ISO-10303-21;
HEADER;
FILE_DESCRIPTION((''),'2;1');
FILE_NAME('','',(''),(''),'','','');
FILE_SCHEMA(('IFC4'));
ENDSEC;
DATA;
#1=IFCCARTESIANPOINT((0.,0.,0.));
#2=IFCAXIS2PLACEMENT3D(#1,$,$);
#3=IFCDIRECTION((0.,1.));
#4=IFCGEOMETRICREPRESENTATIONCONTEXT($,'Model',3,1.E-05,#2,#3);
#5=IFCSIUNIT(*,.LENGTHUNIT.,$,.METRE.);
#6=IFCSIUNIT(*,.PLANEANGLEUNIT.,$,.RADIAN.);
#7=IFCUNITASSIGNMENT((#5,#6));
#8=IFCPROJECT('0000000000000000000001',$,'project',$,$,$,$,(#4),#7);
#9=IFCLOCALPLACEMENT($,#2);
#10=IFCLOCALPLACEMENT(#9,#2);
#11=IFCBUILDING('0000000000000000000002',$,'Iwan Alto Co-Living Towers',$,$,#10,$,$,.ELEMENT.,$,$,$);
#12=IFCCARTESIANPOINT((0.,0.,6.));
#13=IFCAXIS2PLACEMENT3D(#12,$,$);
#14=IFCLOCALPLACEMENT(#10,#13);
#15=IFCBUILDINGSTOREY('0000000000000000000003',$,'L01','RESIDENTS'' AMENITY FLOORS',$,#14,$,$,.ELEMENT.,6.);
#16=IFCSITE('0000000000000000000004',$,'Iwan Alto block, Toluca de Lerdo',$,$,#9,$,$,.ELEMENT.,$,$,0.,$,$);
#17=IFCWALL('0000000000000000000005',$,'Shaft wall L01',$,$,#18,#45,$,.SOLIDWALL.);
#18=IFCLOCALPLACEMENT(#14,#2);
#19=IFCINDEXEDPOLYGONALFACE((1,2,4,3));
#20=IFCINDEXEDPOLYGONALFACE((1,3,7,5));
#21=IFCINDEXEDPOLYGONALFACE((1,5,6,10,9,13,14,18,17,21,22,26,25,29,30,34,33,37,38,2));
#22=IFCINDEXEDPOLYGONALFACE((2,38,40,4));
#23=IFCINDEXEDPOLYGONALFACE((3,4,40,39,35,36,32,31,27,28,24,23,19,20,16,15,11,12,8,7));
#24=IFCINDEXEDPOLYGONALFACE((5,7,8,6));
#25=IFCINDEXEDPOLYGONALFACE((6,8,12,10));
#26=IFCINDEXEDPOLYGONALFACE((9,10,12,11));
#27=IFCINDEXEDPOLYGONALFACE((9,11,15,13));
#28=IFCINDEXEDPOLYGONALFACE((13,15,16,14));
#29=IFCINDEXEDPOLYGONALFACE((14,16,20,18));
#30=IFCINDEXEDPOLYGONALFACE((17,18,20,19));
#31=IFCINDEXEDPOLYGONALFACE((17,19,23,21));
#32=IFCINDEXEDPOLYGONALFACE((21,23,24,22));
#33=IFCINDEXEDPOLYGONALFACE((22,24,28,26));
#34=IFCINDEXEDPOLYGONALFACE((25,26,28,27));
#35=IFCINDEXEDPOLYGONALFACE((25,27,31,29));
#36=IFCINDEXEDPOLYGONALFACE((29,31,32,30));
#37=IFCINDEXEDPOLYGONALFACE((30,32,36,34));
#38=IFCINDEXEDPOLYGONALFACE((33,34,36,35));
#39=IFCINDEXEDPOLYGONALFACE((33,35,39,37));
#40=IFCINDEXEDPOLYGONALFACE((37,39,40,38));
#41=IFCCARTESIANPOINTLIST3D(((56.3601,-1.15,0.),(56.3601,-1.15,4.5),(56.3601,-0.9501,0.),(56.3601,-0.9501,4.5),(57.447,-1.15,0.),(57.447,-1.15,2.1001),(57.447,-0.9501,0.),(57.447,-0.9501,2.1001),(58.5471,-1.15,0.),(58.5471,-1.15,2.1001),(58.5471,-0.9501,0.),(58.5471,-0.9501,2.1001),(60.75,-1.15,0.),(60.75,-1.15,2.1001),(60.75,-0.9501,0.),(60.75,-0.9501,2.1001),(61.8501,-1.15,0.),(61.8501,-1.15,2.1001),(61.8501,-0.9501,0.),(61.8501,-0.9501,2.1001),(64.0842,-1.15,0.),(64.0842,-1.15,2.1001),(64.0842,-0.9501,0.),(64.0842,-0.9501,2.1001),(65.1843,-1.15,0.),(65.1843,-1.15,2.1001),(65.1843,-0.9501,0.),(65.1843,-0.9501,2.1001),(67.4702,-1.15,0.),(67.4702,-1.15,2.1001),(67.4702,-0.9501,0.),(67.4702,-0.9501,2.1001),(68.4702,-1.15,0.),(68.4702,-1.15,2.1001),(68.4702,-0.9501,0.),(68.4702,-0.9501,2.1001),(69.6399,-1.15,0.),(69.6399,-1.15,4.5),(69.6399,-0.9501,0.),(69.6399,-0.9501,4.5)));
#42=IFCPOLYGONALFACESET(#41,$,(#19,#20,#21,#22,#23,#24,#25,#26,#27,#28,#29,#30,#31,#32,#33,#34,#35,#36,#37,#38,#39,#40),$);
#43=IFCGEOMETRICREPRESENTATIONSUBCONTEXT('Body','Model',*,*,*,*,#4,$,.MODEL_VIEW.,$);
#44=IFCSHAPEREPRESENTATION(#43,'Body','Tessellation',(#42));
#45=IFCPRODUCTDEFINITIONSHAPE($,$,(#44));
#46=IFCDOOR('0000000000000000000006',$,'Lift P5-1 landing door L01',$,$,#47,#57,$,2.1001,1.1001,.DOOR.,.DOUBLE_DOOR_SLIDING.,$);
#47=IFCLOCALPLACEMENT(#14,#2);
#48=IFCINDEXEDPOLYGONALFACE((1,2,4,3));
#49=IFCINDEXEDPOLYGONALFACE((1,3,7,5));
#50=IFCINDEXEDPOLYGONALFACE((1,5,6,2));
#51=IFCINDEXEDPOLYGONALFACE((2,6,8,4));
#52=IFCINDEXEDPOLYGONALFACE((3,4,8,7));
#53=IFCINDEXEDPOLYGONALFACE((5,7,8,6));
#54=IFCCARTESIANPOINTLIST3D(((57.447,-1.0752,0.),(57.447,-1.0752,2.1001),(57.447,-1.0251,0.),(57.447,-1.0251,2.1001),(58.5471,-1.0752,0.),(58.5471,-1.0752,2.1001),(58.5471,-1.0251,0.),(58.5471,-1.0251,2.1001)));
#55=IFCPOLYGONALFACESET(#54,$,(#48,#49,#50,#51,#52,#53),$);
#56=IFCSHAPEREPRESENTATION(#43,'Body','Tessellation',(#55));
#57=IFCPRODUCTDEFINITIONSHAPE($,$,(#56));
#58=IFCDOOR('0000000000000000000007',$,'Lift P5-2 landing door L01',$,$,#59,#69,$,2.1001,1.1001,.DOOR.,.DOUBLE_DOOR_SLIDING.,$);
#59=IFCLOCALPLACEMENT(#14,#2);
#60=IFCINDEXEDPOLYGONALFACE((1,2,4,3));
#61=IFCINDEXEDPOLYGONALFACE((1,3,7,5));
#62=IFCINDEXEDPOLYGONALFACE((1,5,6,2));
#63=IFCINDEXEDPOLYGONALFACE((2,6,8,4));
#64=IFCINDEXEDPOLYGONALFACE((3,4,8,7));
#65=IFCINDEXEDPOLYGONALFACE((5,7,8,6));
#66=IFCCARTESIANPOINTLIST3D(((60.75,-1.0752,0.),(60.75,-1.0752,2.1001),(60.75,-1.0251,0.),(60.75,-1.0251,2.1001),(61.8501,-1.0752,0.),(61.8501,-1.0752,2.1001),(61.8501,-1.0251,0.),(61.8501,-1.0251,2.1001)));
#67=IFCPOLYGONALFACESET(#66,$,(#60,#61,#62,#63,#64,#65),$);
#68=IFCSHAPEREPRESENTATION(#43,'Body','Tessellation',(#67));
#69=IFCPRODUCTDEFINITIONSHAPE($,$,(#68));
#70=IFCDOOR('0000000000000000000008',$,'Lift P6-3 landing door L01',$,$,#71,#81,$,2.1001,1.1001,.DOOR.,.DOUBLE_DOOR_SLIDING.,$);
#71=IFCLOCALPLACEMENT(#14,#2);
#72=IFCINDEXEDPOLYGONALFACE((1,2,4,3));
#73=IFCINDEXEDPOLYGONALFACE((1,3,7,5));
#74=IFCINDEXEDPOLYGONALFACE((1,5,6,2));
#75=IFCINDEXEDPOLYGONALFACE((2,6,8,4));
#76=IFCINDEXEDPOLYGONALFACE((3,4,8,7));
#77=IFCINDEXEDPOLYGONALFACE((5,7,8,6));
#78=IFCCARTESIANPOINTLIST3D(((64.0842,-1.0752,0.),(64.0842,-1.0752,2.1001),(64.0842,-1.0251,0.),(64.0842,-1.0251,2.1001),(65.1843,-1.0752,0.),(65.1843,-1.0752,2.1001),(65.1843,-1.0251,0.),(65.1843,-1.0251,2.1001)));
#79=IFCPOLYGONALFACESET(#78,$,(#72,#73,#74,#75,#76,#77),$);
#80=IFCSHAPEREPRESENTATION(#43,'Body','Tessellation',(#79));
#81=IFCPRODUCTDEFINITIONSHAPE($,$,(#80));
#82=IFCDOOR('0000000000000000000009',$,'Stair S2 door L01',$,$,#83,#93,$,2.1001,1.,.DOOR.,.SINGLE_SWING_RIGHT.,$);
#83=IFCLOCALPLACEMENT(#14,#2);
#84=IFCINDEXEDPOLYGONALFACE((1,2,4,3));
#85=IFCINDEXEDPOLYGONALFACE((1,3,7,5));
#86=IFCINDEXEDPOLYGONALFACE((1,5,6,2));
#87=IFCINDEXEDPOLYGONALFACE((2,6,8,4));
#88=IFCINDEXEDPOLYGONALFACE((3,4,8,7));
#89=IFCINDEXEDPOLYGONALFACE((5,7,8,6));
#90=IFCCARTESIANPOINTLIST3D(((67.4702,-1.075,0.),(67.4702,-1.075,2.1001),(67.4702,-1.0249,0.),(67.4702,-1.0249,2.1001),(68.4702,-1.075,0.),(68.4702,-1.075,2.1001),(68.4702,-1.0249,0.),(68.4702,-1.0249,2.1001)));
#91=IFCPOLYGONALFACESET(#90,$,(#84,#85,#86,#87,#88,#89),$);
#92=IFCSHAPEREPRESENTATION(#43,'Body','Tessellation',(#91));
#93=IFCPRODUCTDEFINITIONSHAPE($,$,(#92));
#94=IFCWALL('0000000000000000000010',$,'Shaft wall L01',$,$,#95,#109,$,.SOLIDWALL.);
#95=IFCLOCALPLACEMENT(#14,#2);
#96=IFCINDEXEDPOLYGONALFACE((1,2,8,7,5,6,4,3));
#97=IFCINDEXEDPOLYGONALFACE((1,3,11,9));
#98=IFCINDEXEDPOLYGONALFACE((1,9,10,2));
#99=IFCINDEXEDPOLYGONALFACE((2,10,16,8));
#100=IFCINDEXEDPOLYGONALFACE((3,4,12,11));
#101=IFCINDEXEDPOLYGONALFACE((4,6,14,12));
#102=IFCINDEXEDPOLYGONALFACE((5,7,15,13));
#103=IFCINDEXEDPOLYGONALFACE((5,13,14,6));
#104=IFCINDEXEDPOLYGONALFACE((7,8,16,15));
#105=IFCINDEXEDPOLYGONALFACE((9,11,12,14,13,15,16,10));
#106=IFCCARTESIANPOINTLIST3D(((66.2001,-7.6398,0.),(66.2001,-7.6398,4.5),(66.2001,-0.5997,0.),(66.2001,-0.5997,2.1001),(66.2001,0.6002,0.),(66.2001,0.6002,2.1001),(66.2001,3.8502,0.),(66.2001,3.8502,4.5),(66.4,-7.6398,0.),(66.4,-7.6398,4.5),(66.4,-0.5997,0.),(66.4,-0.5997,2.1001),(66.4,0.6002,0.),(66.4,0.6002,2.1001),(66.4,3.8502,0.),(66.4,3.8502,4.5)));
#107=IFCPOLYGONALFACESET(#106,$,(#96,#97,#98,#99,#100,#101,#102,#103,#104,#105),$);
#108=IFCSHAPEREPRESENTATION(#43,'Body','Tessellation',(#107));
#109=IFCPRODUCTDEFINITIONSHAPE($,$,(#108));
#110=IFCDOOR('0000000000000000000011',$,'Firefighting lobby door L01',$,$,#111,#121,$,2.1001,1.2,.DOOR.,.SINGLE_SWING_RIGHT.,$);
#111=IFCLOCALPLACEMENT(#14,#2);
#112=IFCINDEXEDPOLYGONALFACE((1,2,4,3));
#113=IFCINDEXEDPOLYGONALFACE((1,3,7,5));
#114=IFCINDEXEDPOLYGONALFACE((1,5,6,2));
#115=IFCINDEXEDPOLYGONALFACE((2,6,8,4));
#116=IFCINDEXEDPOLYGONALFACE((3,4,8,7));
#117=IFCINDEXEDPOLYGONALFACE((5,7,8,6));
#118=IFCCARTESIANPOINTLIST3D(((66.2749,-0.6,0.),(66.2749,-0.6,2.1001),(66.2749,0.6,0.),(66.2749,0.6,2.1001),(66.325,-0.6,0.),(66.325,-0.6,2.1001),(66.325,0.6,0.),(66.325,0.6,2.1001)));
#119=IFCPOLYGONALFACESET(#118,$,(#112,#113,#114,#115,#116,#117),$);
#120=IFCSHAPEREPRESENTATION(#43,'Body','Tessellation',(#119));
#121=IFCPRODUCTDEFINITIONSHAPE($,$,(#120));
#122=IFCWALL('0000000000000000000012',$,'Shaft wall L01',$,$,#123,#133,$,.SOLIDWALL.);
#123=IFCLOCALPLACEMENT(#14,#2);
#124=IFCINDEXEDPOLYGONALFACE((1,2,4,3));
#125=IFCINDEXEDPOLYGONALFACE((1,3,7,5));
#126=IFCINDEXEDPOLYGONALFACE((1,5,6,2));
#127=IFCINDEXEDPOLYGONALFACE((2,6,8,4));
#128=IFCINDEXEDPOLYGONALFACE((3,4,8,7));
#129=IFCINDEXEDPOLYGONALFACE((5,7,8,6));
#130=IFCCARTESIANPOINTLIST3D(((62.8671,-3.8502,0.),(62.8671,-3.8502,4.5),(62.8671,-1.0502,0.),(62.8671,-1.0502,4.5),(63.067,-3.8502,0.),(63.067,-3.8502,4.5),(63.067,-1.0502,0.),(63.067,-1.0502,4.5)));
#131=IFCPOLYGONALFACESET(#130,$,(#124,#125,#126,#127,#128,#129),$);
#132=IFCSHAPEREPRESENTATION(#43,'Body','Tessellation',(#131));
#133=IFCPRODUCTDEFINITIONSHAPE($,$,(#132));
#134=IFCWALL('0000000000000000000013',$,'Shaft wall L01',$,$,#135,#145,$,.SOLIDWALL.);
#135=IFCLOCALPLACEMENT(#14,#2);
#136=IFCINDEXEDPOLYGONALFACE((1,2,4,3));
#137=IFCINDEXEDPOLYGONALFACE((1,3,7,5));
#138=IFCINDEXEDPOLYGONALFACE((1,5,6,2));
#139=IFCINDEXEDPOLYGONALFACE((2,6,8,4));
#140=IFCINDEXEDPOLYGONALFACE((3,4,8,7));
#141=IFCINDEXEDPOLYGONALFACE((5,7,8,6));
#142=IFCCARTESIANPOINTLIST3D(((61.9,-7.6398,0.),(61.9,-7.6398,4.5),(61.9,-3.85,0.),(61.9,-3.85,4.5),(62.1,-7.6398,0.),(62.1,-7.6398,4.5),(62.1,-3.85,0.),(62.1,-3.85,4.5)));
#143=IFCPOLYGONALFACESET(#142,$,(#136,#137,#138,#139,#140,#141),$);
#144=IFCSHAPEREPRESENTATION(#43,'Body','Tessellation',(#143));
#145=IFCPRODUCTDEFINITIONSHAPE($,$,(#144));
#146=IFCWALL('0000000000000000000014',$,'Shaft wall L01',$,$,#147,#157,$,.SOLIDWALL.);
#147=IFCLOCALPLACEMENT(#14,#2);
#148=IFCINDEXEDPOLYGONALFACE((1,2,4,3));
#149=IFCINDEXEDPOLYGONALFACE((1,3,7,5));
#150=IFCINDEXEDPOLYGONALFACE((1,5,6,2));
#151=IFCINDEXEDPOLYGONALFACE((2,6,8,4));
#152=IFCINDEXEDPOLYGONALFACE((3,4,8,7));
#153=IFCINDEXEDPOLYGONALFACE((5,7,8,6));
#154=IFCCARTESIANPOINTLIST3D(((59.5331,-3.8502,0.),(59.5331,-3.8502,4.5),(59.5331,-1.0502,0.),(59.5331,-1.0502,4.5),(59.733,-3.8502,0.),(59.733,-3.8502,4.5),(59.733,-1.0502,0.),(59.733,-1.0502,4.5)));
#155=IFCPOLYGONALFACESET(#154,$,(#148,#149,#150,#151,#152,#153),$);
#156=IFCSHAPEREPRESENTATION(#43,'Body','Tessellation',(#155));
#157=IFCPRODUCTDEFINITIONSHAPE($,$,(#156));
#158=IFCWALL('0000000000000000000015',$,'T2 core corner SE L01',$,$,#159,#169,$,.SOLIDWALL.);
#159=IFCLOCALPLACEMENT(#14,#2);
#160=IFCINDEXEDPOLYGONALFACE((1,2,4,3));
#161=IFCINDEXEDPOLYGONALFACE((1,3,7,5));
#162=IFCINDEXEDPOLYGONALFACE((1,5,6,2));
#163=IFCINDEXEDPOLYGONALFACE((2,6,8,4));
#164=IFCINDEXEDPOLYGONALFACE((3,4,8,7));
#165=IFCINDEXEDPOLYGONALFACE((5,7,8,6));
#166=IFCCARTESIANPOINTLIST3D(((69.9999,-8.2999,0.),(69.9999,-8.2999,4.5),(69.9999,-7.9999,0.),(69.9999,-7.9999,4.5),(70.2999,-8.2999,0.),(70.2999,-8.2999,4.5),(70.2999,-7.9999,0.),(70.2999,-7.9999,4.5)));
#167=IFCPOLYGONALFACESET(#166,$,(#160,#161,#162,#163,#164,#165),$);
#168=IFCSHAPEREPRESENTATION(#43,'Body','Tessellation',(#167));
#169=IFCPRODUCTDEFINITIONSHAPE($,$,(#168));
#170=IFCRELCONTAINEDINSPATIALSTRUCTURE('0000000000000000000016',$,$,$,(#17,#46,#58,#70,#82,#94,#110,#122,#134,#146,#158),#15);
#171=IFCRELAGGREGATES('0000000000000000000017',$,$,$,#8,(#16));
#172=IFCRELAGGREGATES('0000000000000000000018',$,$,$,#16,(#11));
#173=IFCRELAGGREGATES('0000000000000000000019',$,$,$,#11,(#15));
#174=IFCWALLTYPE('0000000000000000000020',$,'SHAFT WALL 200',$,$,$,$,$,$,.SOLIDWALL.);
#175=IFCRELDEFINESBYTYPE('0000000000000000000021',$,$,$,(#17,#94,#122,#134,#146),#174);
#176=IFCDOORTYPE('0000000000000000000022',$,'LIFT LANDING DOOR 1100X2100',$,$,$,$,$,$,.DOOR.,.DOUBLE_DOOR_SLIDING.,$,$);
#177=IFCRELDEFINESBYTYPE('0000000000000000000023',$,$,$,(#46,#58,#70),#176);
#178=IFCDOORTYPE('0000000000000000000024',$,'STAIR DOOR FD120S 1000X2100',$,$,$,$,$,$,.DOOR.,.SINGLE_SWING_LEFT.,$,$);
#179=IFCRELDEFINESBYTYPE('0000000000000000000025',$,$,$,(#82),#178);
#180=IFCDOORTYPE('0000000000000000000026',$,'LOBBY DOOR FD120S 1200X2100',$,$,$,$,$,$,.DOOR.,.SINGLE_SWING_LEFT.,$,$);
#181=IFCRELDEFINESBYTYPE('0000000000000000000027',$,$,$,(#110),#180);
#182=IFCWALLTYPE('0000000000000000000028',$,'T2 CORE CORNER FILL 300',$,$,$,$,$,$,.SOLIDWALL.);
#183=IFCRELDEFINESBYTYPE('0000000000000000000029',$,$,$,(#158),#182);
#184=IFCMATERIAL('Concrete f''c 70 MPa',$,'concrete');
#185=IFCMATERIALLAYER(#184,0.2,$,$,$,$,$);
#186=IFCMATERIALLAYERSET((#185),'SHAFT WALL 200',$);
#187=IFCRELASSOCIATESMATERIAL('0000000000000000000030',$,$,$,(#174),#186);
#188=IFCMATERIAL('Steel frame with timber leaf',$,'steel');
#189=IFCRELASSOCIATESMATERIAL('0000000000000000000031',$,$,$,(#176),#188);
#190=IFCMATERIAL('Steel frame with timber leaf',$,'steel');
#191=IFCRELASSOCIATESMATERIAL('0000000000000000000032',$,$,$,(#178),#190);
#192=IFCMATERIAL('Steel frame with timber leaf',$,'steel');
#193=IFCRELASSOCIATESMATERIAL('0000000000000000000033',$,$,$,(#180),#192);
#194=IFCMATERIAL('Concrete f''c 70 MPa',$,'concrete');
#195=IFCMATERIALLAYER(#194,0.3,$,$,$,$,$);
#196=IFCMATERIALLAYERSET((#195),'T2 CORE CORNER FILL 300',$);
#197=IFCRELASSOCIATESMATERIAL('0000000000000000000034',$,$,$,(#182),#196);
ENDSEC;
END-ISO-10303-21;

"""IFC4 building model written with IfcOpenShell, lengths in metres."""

from ifc_helpers import new_model, si_unit, direction, frame, frame_2d, origin, place, context, subcontext, project, spatial, rectangle, extrude, material, layer, layer_set, type_object, element, fill, save


model = new_model("IFC4")

# Units and contexts
model_context = context("Model", 3, precision=1e-05, world=origin(), true_north=direction((0.0, 1.0)))
body_context = subcontext(model_context, "Body", "Model", "MODEL_VIEW")
ifc_project = project(units=[si_unit("LENGTHUNIT", "METRE"), si_unit("PLANEANGLEUNIT", "RADIAN")], contexts=[model_context])

# Site, building, storey
site_placement = place(None, origin())
site = spatial("IfcSite", under=ifc_project, at=site_placement, Name="Iwan Alto block, Toluca de Lerdo", CompositionType="ELEMENT", RefElevation=0.0)
building_placement = place(site_placement, origin())
building = spatial("IfcBuilding", under=site, at=building_placement, Name="Iwan Alto Co-Living Towers", CompositionType="ELEMENT")
storey_placement = place(building_placement, frame((0.0, 0.0, 6.0)))
storey = spatial("IfcBuildingStorey", under=building, at=storey_placement, Name="L01", Description="RESIDENTS' AMENITY FLOORS", CompositionType="ELEMENT", Elevation=6.0)

# Shared definitions
ifc_material_1 = material(Name="Concrete f'c 70 MPa", Category="concrete")
ifc_layer_1 = layer(ifc_material_1, 0.2)
ifc_layer_set_1 = layer_set([ifc_layer_1], Name="SHAFT WALL 200")
wall_type_1 = type_object("IfcWallType", Name="SHAFT WALL 200", PredefinedType="SOLIDWALL", material=ifc_layer_set_1)

# Wall, openings, doors
wall_1_placement = place(storey_placement, frame((56.3601, -1.05, 0.0), z_axis=(0.0, 0.0, 1.0), x_axis=(1.0, 0.0, 0.0)))
wall_1 = element("IfcWall", 1, at=wall_1_placement, inside=storey, type_object=wall_type_1, Name="Shaft wall L01", PredefinedType="SOLIDWALL", context=body_context, shape_type="SweptSolid", body=[
    extrude(rectangle(XDim=13.2798, YDim=0.2, at=frame_2d((6.6399, 0.0))), origin(), (0.0, 0.0, 1.0), 4.5),
])
opening_1_placement = place(wall_1_placement, frame((11.1101, 0.0, 0.0)))
opening_1 = element("IfcOpeningElement", 2, at=opening_1_placement, cuts=wall_1, PredefinedType="OPENING", context=body_context, shape_type="SweptSolid", body=[
    extrude(rectangle(XDim=1.0, YDim=2.1001, at=frame_2d((0.5, 1.05))), frame((0.0, 0.1099, 0.0), z_axis=(0.0, -1.0, 0.0), x_axis=(1.0, 0.0, 0.0)), (0.0, 0.0, 1.0), 0.22),
])
opening_2_placement = place(wall_1_placement, frame((1.0869, 0.0, 0.0)))
opening_2 = element("IfcOpeningElement", 3, at=opening_2_placement, cuts=wall_1, PredefinedType="OPENING", context=body_context, shape_type="SweptSolid", body=[
    extrude(rectangle(XDim=1.1001, YDim=2.1001, at=frame_2d((0.55, 1.05))), frame((0.0, 0.1099, 0.0), z_axis=(0.0, -1.0, 0.0), x_axis=(1.0, 0.0, 0.0)), (0.0, 0.0, 1.0), 0.22),
])
opening_3_placement = place(wall_1_placement, frame((4.3899, 0.0, 0.0)))
opening_3 = element("IfcOpeningElement", 4, at=opening_3_placement, cuts=wall_1, PredefinedType="OPENING", context=body_context, shape_type="SweptSolid", body=[
    extrude(rectangle(XDim=1.1001, YDim=2.1001, at=frame_2d((0.55, 1.05))), frame((0.0, 0.1099, 0.0), z_axis=(0.0, -1.0, 0.0), x_axis=(1.0, 0.0, 0.0)), (0.0, 0.0, 1.0), 0.22),
])
opening_4_placement = place(wall_1_placement, frame((7.7241, 0.0, 0.0)))
opening_4 = element("IfcOpeningElement", 5, at=opening_4_placement, cuts=wall_1, PredefinedType="OPENING", context=body_context, shape_type="SweptSolid", body=[
    extrude(rectangle(XDim=1.1001, YDim=2.1001, at=frame_2d((0.55, 1.05))), frame((0.0, 0.1099, 0.0), z_axis=(0.0, -1.0, 0.0), x_axis=(1.0, 0.0, 0.0)), (0.0, 0.0, 1.0), 0.22),
])
ifc_material_2 = material(Name="Steel frame with timber leaf", Category="steel")
door_type_1 = type_object("IfcDoorType", Name="LIFT LANDING DOOR 1100X2100", OperationType="DOUBLE_DOOR_SLIDING", PredefinedType="DOOR", material=ifc_material_2)
door_1_placement = place(opening_2_placement, origin())
door_1 = element("IfcDoor", 6, at=door_1_placement, inside=storey, type_object=door_type_1, Name="Lift P5-1 landing door L01", OperationType="DOUBLE_DOOR_SLIDING", OverallHeight=2.1001, OverallWidth=1.1001, PredefinedType="DOOR", context=body_context, shape_type="SweptSolid", body=[
    extrude(rectangle(XDim=1.1001, YDim=2.1001, at=frame_2d((0.55, 1.05))), frame((0.0, 0.0249, 0.0), z_axis=(0.0, -1.0, 0.0), x_axis=(1.0, 0.0, 0.0)), (0.0, 0.0, 1.0), 0.05),
])
fill(opening_2, door_1)
door_2_placement = place(opening_3_placement, origin())
door_2 = element("IfcDoor", 7, at=door_2_placement, inside=storey, type_object=door_type_1, Name="Lift P5-2 landing door L01", OperationType="DOUBLE_DOOR_SLIDING", OverallHeight=2.1001, OverallWidth=1.1001, PredefinedType="DOOR", context=body_context, shape_type="SweptSolid", body=[
    extrude(rectangle(XDim=1.1001, YDim=2.1001, at=frame_2d((0.55, 1.05))), frame((0.0, 0.0249, 0.0), z_axis=(0.0, -1.0, 0.0), x_axis=(1.0, 0.0, 0.0)), (0.0, 0.0, 1.0), 0.05),
])
fill(opening_3, door_2)
door_3_placement = place(opening_4_placement, origin())
door_3 = element("IfcDoor", 8, at=door_3_placement, inside=storey, type_object=door_type_1, Name="Lift P6-3 landing door L01", OperationType="DOUBLE_DOOR_SLIDING", OverallHeight=2.1001, OverallWidth=1.1001, PredefinedType="DOOR", context=body_context, shape_type="SweptSolid", body=[
    extrude(rectangle(XDim=1.1001, YDim=2.1001, at=frame_2d((0.55, 1.05))), frame((0.0, 0.0249, 0.0), z_axis=(0.0, -1.0, 0.0), x_axis=(1.0, 0.0, 0.0)), (0.0, 0.0, 1.0), 0.05),
])
fill(opening_4, door_3)
ifc_material_3 = material(Name="Steel frame with timber leaf", Category="steel")
door_type_2 = type_object("IfcDoorType", Name="STAIR DOOR FD120S 1000X2100", OperationType="SINGLE_SWING_LEFT", PredefinedType="DOOR", material=ifc_material_3)
door_4_placement = place(opening_1_placement, frame((1.0, 0.0, 0.0), z_axis=(0.0, 0.0, 1.0), x_axis=(-1.0, 0.0, 0.0)))
door_4 = element("IfcDoor", 9, at=door_4_placement, inside=storey, type_object=door_type_2, Name="Stair S2 door L01", OperationType="SINGLE_SWING_RIGHT", OverallHeight=2.1001, OverallWidth=1.0, PredefinedType="DOOR", context=body_context, shape_type="SweptSolid", body=[
    extrude(rectangle(XDim=1.0, YDim=2.1001, at=frame_2d((0.5, 1.05))), frame((0.0, 0.0249, 0.0), z_axis=(0.0, -1.0, 0.0), x_axis=(1.0, 0.0, 0.0)), (0.0, 0.0, 1.0), 0.05),
])
fill(opening_1, door_4)

# Wall, opening, door
wall_2_placement = place(storey_placement, frame((66.3, -7.6399, 0.0), z_axis=(0.0, 0.0, 1.0), x_axis=(0.0, 1.0, 0.0)))
wall_2 = element("IfcWall", 10, at=wall_2_placement, inside=storey, type_object=wall_type_1, Name="Shaft wall L01", PredefinedType="SOLIDWALL", context=body_context, shape_type="SweptSolid", body=[
    extrude(rectangle(XDim=11.49, YDim=0.2, at=frame_2d((5.7451, 0.0))), origin(), (0.0, 0.0, 1.0), 4.5),
])
opening_5_placement = place(wall_2_placement, frame((7.04, 0.0, 0.0)))
opening_5 = element("IfcOpeningElement", 11, at=opening_5_placement, cuts=wall_2, PredefinedType="OPENING", context=body_context, shape_type="SweptSolid", body=[
    extrude(rectangle(XDim=1.2, YDim=2.1001, at=frame_2d((0.6001, 1.05))), frame((0.0, 0.1099, 0.0), z_axis=(0.0, -1.0, 0.0), x_axis=(1.0, 0.0, 0.0)), (0.0, 0.0, 1.0), 0.22),
])
ifc_material_4 = material(Name="Steel frame with timber leaf", Category="steel")
door_type_3 = type_object("IfcDoorType", Name="LOBBY DOOR FD120S 1200X2100", OperationType="SINGLE_SWING_LEFT", PredefinedType="DOOR", material=ifc_material_4)
door_5_placement = place(opening_5_placement, frame((1.2, 0.0, 0.0), z_axis=(0.0, 0.0, 1.0), x_axis=(-1.0, 0.0, 0.0)))
door_5 = element("IfcDoor", 12, at=door_5_placement, inside=storey, type_object=door_type_3, Name="Firefighting lobby door L01", OperationType="SINGLE_SWING_RIGHT", OverallHeight=2.1001, OverallWidth=1.2, PredefinedType="DOOR", context=body_context, shape_type="SweptSolid", body=[
    extrude(rectangle(XDim=1.2, YDim=2.1001, at=frame_2d((0.6001, 1.05))), frame((0.0, 0.0249, 0.0), z_axis=(0.0, -1.0, 0.0), x_axis=(1.0, 0.0, 0.0)), (0.0, 0.0, 1.0), 0.05),
])
fill(opening_5, door_5)

# Walls
wall_3_placement = place(storey_placement, frame((62.967, -3.8501, 0.0), z_axis=(0.0, 0.0, 1.0), x_axis=(0.0, 1.0, 0.0)))
element("IfcWall", 13, at=wall_3_placement, inside=storey, type_object=wall_type_1, Name="Shaft wall L01", PredefinedType="SOLIDWALL", context=body_context, shape_type="SweptSolid", body=[
    extrude(rectangle(XDim=2.8, YDim=0.2, at=frame_2d((1.3999, 0.0))), origin(), (0.0, 0.0, 1.0), 4.5),
])
wall_4_placement = place(storey_placement, frame((62.0, -7.6399, 0.0), z_axis=(0.0, 0.0, 1.0), x_axis=(0.0, 1.0, 0.0)))
element("IfcWall", 14, at=wall_4_placement, inside=storey, type_object=wall_type_1, Name="Shaft wall L01", PredefinedType="SOLIDWALL", context=body_context, shape_type="SweptSolid", body=[
    extrude(rectangle(XDim=3.7898, YDim=0.2, at=frame_2d((1.895, 0.0))), origin(), (0.0, 0.0, 1.0), 4.5),
])
wall_5_placement = place(storey_placement, frame((59.6331, -3.8501, 0.0), z_axis=(0.0, 0.0, 1.0), x_axis=(0.0, 1.0, 0.0)))
element("IfcWall", 15, at=wall_5_placement, inside=storey, type_object=wall_type_1, Name="Shaft wall L01", PredefinedType="SOLIDWALL", context=body_context, shape_type="SweptSolid", body=[
    extrude(rectangle(XDim=2.8, YDim=0.2, at=frame_2d((1.3999, 0.0))), origin(), (0.0, 0.0, 1.0), 4.5),
])
ifc_material_5 = material(Name="Concrete f'c 70 MPa", Category="concrete")
ifc_layer_2 = layer(ifc_material_5, 0.3)
ifc_layer_set_2 = layer_set([ifc_layer_2], Name="T2 CORE CORNER FILL 300")
wall_type_2 = type_object("IfcWallType", Name="T2 CORE CORNER FILL 300", PredefinedType="SOLIDWALL", material=ifc_layer_set_2)
wall_6_placement = place(storey_placement, frame((70.0, -8.1499, 0.0), z_axis=(0.0, 0.0, 1.0), x_axis=(1.0, 0.0, 0.0)))
element("IfcWall", 16, at=wall_6_placement, inside=storey, type_object=wall_type_2, Name="T2 core corner SE L01", PredefinedType="SOLIDWALL", context=body_context, shape_type="SweptSolid", body=[
    extrude(rectangle(XDim=0.3, YDim=0.3, at=frame_2d((0.1499, 0.0))), origin(), (0.0, 0.0, 1.0), 4.5),
])

save(model, "model.ifc")
